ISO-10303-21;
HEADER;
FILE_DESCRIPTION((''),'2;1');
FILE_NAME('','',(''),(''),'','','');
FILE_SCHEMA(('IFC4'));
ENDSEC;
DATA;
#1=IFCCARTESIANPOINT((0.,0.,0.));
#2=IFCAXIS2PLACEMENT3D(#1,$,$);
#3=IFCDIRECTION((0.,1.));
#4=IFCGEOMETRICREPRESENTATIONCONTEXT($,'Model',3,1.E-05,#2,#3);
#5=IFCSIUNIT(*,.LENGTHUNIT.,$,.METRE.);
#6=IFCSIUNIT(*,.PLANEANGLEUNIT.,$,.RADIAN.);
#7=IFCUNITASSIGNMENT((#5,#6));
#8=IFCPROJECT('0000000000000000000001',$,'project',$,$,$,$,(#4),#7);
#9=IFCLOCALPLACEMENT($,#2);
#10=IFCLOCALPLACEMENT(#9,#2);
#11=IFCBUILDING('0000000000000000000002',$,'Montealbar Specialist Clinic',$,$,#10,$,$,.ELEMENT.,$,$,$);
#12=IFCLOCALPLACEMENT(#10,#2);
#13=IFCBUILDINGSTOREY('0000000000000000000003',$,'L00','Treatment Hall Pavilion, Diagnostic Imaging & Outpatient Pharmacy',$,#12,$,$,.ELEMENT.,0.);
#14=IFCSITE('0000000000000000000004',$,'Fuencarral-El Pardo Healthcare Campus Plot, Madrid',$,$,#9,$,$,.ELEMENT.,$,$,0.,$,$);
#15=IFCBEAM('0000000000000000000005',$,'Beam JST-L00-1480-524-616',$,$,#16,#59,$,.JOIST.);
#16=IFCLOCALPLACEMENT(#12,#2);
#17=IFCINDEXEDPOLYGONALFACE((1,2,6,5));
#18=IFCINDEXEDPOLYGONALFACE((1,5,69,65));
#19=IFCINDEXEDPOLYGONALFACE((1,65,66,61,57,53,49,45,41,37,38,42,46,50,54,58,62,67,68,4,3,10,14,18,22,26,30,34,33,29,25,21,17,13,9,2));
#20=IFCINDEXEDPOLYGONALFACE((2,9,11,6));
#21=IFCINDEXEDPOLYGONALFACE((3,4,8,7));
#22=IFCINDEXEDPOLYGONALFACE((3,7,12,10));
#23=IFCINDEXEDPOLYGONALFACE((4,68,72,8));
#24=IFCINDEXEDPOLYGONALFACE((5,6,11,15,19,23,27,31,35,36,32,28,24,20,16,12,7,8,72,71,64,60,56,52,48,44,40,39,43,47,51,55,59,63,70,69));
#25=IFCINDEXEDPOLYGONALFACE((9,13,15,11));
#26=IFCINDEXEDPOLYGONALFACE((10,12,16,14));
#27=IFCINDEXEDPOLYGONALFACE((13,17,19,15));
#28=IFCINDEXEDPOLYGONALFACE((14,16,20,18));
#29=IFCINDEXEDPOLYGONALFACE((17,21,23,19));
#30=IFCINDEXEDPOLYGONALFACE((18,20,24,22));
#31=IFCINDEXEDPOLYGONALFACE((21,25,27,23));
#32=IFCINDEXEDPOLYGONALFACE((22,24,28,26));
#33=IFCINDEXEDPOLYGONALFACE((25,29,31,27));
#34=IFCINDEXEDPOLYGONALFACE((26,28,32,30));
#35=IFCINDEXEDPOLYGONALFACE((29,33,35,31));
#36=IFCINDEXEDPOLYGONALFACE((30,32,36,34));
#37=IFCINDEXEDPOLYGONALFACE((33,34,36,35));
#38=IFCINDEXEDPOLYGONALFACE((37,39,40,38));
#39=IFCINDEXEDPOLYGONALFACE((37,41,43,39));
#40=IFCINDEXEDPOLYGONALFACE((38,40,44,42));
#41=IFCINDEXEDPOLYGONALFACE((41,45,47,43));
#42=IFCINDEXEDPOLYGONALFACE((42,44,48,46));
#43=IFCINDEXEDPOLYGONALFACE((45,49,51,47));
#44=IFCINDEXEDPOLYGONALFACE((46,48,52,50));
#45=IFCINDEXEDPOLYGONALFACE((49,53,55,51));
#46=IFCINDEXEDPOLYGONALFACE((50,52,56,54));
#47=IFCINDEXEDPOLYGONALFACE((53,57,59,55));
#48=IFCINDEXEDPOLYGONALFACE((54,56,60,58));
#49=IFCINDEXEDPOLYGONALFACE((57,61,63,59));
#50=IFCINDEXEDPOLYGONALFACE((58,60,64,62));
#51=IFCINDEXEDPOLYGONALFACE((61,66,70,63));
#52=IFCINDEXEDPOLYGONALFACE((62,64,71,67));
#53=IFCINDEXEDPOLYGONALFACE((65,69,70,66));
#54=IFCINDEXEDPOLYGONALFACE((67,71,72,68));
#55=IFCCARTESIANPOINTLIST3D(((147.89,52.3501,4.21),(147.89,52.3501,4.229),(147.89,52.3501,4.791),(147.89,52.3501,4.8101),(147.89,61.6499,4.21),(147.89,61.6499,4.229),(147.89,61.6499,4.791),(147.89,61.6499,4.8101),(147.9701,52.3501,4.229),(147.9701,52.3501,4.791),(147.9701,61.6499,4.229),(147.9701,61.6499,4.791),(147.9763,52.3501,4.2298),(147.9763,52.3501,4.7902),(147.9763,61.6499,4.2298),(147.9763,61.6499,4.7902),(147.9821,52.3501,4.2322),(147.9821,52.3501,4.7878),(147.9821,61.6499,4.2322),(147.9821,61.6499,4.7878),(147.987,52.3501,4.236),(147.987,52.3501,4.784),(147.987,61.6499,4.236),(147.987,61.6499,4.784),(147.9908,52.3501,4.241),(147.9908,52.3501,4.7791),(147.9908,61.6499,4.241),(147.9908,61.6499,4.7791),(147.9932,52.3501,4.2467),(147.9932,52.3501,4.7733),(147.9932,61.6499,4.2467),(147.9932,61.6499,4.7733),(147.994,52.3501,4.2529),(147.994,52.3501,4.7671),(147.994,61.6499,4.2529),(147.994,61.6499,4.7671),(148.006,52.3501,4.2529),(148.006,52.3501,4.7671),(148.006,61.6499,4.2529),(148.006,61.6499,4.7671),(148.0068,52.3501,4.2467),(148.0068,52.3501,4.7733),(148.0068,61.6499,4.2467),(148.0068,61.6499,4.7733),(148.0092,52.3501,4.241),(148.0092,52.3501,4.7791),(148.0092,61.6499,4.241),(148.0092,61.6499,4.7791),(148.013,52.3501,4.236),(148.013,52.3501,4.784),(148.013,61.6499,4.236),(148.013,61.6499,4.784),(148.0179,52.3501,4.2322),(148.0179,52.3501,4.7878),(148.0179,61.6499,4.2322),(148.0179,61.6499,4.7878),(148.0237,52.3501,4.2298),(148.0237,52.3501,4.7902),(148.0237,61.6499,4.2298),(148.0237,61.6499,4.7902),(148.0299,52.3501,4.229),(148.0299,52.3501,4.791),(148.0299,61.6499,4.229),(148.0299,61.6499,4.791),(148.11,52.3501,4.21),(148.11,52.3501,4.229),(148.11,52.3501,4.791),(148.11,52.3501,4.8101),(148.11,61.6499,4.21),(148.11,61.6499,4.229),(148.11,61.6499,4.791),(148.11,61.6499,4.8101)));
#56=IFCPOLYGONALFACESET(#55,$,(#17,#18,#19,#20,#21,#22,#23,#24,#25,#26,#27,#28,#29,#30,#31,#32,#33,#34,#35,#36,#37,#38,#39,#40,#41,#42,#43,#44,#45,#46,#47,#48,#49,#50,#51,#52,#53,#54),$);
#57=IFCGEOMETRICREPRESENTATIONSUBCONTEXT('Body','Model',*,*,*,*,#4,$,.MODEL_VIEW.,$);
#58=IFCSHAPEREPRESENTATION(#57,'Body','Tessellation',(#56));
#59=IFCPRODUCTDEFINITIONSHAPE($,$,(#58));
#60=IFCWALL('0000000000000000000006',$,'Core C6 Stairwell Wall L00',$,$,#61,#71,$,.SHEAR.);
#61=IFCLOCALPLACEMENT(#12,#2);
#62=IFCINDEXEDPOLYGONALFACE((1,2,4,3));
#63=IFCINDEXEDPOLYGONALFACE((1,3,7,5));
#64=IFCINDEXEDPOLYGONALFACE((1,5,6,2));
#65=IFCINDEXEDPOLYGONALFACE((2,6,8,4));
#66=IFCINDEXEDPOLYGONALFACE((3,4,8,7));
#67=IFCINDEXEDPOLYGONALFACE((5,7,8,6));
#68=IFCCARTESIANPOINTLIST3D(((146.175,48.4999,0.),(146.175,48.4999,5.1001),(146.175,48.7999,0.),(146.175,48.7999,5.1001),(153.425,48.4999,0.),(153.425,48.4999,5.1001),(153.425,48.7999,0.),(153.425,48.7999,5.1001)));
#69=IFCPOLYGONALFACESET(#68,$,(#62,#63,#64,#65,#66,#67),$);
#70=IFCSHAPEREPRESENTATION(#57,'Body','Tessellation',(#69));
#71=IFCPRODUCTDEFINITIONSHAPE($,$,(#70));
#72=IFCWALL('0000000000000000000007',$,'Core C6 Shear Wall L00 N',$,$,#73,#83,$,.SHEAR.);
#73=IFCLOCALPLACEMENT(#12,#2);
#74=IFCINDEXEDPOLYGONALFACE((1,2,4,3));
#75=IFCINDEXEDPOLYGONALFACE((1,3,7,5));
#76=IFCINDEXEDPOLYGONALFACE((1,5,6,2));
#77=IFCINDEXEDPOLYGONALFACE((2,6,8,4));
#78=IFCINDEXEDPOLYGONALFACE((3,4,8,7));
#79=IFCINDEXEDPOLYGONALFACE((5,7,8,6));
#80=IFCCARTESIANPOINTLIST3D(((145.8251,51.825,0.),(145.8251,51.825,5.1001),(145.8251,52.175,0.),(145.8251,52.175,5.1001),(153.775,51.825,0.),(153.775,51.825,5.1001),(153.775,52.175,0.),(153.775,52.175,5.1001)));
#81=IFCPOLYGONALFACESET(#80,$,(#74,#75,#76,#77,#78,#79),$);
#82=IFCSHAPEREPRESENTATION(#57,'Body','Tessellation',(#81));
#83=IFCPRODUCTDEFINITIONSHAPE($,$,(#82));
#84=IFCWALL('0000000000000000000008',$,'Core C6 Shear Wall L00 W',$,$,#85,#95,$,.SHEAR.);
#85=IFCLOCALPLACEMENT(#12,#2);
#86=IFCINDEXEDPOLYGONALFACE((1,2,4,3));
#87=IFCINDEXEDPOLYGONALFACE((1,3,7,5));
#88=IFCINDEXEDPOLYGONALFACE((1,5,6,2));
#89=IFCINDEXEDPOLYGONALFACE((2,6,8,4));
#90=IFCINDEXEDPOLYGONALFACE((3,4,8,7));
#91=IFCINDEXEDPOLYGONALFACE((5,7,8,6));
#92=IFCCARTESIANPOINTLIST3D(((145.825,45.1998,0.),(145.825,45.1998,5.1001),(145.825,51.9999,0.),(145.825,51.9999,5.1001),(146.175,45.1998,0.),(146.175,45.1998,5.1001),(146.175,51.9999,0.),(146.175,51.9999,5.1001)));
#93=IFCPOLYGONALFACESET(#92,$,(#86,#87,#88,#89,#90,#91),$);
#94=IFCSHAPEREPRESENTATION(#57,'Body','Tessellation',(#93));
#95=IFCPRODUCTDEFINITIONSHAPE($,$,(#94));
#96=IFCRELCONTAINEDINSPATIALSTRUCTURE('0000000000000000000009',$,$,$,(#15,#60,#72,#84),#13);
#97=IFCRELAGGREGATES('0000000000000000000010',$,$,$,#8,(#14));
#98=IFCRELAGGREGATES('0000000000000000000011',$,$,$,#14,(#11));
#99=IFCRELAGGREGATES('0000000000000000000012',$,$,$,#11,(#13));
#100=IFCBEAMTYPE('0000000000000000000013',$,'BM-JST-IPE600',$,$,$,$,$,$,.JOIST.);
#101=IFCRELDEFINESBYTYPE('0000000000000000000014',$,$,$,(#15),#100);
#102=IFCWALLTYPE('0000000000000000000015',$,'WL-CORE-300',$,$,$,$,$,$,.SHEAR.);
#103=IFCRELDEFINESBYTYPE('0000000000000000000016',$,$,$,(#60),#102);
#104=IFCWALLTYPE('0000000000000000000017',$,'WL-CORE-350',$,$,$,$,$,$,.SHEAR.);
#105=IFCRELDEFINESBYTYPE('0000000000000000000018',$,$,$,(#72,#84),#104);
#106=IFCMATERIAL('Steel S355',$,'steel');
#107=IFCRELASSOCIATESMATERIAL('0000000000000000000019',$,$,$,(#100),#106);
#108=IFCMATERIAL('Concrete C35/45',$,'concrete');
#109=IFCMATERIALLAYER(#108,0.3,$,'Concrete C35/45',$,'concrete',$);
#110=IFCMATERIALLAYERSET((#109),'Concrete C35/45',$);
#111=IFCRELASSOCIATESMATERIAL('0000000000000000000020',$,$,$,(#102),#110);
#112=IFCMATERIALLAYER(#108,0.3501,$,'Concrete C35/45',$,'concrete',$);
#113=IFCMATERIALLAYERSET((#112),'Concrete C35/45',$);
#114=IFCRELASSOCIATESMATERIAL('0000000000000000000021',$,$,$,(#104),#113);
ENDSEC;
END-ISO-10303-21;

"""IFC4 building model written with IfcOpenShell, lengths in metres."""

from ifc_helpers import new_model, si_unit, direction, frame, frame_2d, origin, origin_2d, place, context, subcontext, project, spatial, rectangle, i_section, extrude, material, layer, layer_set, material_profile, profile_set, type_object, element, save


model = new_model("IFC4")

# Units and contexts
model_context = context("Model", 3, precision=1e-05, world=origin(), true_north=direction((0.0, 1.0)))
body_context = subcontext(model_context, "Body", "Model", "MODEL_VIEW")
ifc_project = project(units=[si_unit("LENGTHUNIT", "METRE"), si_unit("PLANEANGLEUNIT", "RADIAN")], contexts=[model_context])

# Site, building, storey
site_placement = place(None, origin())
site = spatial("IfcSite", under=ifc_project, at=site_placement, Name="Fuencarral-El Pardo Healthcare Campus Plot, Madrid", CompositionType="ELEMENT", RefElevation=0.0)
building_placement = place(site_placement, origin())
building = spatial("IfcBuilding", under=site, at=building_placement, Name="Montealbar Specialist Clinic", CompositionType="ELEMENT")
storey_placement = place(building_placement, origin())
storey = spatial("IfcBuildingStorey", under=building, at=storey_placement, Name="L00", Description="Treatment Hall Pavilion, Diagnostic Imaging & Outpatient Pharmacy", CompositionType="ELEMENT", Elevation=0.0)

# Shared definitions
ifc_material_1 = material(Name="Steel S355", Category="steel")

# Beam
ifc_material_profile_1 = material_profile(ifc_material_1, i_section(OverallWidth=0.22, OverallDepth=0.6001, WebThickness=0.012, FlangeThickness=0.019, FilletRadius=0.0239, at=origin_2d()), Name="IPE 600", Category="steel")
ifc_profile_set_1 = profile_set([ifc_material_profile_1], Name="Steel S355")
beam_type_1 = type_object("IfcBeamType", Name="BM-JST-IPE600", PredefinedType="JOIST", material=ifc_profile_set_1)
beam_1_placement = place(storey_placement, frame((148.0, 52.3501, 4.51), z_axis=(0.0, 1.0, 0.0), x_axis=(-1.0, 0.0, 0.0)))
element("IfcBeam", 1, at=beam_1_placement, inside=storey, type_object=beam_type_1, Name="Beam JST-L00-1480-524-616", PredefinedType="JOIST", context=body_context, shape_type="SweptSolid", body=[
    extrude(i_section(OverallWidth=0.22, OverallDepth=0.6001, WebThickness=0.012, FlangeThickness=0.019, FilletRadius=0.0239, at=origin_2d()), origin(), (0.0, 0.0, 1.0), 9.2998),
])

# Wall
ifc_material_2 = material(Name="Concrete C35/45", Category="concrete")
ifc_layer_1 = layer(ifc_material_2, 0.3, Name="Concrete C35/45", Category="concrete")
ifc_layer_set_1 = layer_set([ifc_layer_1], Name="Concrete C35/45")
wall_type_1 = type_object("IfcWallType", Name="WL-CORE-300", PredefinedType="SHEAR", material=ifc_layer_set_1)
wall_1_placement = place(storey_placement, frame((146.175, 48.6499, 0.0), z_axis=(0.0, 0.0, 1.0), x_axis=(1.0, 0.0, 0.0)))
element("IfcWall", 2, at=wall_1_placement, inside=storey, type_object=wall_type_1, Name="Core C6 Stairwell Wall L00", PredefinedType="SHEAR", context=body_context, shape_type="SweptSolid", body=[
    extrude(rectangle(XDim=7.25, YDim=0.3, at=frame_2d((3.625, 0.0))), origin(), (0.0, 0.0, 1.0), 5.1001),
])

# Shared definitions
ifc_layer_2 = layer(ifc_material_2, 0.3501, Name="Concrete C35/45", Category="concrete")
ifc_layer_set_2 = layer_set([ifc_layer_2], Name="Concrete C35/45")
wall_type_2 = type_object("IfcWallType", Name="WL-CORE-350", PredefinedType="SHEAR", material=ifc_layer_set_2)

# Walls
wall_2_placement = place(storey_placement, frame((145.825, 52.0, 0.0), z_axis=(0.0, 0.0, 1.0), x_axis=(1.0, 0.0, 0.0)))
element("IfcWall", 3, at=wall_2_placement, inside=storey, type_object=wall_type_2, Name="Core C6 Shear Wall L00 N", PredefinedType="SHEAR", context=body_context, shape_type="SweptSolid", body=[
    extrude(rectangle(XDim=7.95, YDim=0.3501, at=frame_2d((3.9751, 0.0))), origin(), (0.0, 0.0, 1.0), 5.1001),
])
wall_3_placement = place(storey_placement, frame((146.0, 45.2, 0.0), z_axis=(0.0, 0.0, 1.0), x_axis=(0.0, 1.0, 0.0)))
element("IfcWall", 4, at=wall_3_placement, inside=storey, type_object=wall_type_2, Name="Core C6 Shear Wall L00 W", PredefinedType="SHEAR", context=body_context, shape_type="SweptSolid", body=[
    extrude(rectangle(XDim=6.8, YDim=0.3501, at=frame_2d((3.3999, 0.0))), origin(), (0.0, 0.0, 1.0), 5.1001),
])

save(model, "model.ifc")
